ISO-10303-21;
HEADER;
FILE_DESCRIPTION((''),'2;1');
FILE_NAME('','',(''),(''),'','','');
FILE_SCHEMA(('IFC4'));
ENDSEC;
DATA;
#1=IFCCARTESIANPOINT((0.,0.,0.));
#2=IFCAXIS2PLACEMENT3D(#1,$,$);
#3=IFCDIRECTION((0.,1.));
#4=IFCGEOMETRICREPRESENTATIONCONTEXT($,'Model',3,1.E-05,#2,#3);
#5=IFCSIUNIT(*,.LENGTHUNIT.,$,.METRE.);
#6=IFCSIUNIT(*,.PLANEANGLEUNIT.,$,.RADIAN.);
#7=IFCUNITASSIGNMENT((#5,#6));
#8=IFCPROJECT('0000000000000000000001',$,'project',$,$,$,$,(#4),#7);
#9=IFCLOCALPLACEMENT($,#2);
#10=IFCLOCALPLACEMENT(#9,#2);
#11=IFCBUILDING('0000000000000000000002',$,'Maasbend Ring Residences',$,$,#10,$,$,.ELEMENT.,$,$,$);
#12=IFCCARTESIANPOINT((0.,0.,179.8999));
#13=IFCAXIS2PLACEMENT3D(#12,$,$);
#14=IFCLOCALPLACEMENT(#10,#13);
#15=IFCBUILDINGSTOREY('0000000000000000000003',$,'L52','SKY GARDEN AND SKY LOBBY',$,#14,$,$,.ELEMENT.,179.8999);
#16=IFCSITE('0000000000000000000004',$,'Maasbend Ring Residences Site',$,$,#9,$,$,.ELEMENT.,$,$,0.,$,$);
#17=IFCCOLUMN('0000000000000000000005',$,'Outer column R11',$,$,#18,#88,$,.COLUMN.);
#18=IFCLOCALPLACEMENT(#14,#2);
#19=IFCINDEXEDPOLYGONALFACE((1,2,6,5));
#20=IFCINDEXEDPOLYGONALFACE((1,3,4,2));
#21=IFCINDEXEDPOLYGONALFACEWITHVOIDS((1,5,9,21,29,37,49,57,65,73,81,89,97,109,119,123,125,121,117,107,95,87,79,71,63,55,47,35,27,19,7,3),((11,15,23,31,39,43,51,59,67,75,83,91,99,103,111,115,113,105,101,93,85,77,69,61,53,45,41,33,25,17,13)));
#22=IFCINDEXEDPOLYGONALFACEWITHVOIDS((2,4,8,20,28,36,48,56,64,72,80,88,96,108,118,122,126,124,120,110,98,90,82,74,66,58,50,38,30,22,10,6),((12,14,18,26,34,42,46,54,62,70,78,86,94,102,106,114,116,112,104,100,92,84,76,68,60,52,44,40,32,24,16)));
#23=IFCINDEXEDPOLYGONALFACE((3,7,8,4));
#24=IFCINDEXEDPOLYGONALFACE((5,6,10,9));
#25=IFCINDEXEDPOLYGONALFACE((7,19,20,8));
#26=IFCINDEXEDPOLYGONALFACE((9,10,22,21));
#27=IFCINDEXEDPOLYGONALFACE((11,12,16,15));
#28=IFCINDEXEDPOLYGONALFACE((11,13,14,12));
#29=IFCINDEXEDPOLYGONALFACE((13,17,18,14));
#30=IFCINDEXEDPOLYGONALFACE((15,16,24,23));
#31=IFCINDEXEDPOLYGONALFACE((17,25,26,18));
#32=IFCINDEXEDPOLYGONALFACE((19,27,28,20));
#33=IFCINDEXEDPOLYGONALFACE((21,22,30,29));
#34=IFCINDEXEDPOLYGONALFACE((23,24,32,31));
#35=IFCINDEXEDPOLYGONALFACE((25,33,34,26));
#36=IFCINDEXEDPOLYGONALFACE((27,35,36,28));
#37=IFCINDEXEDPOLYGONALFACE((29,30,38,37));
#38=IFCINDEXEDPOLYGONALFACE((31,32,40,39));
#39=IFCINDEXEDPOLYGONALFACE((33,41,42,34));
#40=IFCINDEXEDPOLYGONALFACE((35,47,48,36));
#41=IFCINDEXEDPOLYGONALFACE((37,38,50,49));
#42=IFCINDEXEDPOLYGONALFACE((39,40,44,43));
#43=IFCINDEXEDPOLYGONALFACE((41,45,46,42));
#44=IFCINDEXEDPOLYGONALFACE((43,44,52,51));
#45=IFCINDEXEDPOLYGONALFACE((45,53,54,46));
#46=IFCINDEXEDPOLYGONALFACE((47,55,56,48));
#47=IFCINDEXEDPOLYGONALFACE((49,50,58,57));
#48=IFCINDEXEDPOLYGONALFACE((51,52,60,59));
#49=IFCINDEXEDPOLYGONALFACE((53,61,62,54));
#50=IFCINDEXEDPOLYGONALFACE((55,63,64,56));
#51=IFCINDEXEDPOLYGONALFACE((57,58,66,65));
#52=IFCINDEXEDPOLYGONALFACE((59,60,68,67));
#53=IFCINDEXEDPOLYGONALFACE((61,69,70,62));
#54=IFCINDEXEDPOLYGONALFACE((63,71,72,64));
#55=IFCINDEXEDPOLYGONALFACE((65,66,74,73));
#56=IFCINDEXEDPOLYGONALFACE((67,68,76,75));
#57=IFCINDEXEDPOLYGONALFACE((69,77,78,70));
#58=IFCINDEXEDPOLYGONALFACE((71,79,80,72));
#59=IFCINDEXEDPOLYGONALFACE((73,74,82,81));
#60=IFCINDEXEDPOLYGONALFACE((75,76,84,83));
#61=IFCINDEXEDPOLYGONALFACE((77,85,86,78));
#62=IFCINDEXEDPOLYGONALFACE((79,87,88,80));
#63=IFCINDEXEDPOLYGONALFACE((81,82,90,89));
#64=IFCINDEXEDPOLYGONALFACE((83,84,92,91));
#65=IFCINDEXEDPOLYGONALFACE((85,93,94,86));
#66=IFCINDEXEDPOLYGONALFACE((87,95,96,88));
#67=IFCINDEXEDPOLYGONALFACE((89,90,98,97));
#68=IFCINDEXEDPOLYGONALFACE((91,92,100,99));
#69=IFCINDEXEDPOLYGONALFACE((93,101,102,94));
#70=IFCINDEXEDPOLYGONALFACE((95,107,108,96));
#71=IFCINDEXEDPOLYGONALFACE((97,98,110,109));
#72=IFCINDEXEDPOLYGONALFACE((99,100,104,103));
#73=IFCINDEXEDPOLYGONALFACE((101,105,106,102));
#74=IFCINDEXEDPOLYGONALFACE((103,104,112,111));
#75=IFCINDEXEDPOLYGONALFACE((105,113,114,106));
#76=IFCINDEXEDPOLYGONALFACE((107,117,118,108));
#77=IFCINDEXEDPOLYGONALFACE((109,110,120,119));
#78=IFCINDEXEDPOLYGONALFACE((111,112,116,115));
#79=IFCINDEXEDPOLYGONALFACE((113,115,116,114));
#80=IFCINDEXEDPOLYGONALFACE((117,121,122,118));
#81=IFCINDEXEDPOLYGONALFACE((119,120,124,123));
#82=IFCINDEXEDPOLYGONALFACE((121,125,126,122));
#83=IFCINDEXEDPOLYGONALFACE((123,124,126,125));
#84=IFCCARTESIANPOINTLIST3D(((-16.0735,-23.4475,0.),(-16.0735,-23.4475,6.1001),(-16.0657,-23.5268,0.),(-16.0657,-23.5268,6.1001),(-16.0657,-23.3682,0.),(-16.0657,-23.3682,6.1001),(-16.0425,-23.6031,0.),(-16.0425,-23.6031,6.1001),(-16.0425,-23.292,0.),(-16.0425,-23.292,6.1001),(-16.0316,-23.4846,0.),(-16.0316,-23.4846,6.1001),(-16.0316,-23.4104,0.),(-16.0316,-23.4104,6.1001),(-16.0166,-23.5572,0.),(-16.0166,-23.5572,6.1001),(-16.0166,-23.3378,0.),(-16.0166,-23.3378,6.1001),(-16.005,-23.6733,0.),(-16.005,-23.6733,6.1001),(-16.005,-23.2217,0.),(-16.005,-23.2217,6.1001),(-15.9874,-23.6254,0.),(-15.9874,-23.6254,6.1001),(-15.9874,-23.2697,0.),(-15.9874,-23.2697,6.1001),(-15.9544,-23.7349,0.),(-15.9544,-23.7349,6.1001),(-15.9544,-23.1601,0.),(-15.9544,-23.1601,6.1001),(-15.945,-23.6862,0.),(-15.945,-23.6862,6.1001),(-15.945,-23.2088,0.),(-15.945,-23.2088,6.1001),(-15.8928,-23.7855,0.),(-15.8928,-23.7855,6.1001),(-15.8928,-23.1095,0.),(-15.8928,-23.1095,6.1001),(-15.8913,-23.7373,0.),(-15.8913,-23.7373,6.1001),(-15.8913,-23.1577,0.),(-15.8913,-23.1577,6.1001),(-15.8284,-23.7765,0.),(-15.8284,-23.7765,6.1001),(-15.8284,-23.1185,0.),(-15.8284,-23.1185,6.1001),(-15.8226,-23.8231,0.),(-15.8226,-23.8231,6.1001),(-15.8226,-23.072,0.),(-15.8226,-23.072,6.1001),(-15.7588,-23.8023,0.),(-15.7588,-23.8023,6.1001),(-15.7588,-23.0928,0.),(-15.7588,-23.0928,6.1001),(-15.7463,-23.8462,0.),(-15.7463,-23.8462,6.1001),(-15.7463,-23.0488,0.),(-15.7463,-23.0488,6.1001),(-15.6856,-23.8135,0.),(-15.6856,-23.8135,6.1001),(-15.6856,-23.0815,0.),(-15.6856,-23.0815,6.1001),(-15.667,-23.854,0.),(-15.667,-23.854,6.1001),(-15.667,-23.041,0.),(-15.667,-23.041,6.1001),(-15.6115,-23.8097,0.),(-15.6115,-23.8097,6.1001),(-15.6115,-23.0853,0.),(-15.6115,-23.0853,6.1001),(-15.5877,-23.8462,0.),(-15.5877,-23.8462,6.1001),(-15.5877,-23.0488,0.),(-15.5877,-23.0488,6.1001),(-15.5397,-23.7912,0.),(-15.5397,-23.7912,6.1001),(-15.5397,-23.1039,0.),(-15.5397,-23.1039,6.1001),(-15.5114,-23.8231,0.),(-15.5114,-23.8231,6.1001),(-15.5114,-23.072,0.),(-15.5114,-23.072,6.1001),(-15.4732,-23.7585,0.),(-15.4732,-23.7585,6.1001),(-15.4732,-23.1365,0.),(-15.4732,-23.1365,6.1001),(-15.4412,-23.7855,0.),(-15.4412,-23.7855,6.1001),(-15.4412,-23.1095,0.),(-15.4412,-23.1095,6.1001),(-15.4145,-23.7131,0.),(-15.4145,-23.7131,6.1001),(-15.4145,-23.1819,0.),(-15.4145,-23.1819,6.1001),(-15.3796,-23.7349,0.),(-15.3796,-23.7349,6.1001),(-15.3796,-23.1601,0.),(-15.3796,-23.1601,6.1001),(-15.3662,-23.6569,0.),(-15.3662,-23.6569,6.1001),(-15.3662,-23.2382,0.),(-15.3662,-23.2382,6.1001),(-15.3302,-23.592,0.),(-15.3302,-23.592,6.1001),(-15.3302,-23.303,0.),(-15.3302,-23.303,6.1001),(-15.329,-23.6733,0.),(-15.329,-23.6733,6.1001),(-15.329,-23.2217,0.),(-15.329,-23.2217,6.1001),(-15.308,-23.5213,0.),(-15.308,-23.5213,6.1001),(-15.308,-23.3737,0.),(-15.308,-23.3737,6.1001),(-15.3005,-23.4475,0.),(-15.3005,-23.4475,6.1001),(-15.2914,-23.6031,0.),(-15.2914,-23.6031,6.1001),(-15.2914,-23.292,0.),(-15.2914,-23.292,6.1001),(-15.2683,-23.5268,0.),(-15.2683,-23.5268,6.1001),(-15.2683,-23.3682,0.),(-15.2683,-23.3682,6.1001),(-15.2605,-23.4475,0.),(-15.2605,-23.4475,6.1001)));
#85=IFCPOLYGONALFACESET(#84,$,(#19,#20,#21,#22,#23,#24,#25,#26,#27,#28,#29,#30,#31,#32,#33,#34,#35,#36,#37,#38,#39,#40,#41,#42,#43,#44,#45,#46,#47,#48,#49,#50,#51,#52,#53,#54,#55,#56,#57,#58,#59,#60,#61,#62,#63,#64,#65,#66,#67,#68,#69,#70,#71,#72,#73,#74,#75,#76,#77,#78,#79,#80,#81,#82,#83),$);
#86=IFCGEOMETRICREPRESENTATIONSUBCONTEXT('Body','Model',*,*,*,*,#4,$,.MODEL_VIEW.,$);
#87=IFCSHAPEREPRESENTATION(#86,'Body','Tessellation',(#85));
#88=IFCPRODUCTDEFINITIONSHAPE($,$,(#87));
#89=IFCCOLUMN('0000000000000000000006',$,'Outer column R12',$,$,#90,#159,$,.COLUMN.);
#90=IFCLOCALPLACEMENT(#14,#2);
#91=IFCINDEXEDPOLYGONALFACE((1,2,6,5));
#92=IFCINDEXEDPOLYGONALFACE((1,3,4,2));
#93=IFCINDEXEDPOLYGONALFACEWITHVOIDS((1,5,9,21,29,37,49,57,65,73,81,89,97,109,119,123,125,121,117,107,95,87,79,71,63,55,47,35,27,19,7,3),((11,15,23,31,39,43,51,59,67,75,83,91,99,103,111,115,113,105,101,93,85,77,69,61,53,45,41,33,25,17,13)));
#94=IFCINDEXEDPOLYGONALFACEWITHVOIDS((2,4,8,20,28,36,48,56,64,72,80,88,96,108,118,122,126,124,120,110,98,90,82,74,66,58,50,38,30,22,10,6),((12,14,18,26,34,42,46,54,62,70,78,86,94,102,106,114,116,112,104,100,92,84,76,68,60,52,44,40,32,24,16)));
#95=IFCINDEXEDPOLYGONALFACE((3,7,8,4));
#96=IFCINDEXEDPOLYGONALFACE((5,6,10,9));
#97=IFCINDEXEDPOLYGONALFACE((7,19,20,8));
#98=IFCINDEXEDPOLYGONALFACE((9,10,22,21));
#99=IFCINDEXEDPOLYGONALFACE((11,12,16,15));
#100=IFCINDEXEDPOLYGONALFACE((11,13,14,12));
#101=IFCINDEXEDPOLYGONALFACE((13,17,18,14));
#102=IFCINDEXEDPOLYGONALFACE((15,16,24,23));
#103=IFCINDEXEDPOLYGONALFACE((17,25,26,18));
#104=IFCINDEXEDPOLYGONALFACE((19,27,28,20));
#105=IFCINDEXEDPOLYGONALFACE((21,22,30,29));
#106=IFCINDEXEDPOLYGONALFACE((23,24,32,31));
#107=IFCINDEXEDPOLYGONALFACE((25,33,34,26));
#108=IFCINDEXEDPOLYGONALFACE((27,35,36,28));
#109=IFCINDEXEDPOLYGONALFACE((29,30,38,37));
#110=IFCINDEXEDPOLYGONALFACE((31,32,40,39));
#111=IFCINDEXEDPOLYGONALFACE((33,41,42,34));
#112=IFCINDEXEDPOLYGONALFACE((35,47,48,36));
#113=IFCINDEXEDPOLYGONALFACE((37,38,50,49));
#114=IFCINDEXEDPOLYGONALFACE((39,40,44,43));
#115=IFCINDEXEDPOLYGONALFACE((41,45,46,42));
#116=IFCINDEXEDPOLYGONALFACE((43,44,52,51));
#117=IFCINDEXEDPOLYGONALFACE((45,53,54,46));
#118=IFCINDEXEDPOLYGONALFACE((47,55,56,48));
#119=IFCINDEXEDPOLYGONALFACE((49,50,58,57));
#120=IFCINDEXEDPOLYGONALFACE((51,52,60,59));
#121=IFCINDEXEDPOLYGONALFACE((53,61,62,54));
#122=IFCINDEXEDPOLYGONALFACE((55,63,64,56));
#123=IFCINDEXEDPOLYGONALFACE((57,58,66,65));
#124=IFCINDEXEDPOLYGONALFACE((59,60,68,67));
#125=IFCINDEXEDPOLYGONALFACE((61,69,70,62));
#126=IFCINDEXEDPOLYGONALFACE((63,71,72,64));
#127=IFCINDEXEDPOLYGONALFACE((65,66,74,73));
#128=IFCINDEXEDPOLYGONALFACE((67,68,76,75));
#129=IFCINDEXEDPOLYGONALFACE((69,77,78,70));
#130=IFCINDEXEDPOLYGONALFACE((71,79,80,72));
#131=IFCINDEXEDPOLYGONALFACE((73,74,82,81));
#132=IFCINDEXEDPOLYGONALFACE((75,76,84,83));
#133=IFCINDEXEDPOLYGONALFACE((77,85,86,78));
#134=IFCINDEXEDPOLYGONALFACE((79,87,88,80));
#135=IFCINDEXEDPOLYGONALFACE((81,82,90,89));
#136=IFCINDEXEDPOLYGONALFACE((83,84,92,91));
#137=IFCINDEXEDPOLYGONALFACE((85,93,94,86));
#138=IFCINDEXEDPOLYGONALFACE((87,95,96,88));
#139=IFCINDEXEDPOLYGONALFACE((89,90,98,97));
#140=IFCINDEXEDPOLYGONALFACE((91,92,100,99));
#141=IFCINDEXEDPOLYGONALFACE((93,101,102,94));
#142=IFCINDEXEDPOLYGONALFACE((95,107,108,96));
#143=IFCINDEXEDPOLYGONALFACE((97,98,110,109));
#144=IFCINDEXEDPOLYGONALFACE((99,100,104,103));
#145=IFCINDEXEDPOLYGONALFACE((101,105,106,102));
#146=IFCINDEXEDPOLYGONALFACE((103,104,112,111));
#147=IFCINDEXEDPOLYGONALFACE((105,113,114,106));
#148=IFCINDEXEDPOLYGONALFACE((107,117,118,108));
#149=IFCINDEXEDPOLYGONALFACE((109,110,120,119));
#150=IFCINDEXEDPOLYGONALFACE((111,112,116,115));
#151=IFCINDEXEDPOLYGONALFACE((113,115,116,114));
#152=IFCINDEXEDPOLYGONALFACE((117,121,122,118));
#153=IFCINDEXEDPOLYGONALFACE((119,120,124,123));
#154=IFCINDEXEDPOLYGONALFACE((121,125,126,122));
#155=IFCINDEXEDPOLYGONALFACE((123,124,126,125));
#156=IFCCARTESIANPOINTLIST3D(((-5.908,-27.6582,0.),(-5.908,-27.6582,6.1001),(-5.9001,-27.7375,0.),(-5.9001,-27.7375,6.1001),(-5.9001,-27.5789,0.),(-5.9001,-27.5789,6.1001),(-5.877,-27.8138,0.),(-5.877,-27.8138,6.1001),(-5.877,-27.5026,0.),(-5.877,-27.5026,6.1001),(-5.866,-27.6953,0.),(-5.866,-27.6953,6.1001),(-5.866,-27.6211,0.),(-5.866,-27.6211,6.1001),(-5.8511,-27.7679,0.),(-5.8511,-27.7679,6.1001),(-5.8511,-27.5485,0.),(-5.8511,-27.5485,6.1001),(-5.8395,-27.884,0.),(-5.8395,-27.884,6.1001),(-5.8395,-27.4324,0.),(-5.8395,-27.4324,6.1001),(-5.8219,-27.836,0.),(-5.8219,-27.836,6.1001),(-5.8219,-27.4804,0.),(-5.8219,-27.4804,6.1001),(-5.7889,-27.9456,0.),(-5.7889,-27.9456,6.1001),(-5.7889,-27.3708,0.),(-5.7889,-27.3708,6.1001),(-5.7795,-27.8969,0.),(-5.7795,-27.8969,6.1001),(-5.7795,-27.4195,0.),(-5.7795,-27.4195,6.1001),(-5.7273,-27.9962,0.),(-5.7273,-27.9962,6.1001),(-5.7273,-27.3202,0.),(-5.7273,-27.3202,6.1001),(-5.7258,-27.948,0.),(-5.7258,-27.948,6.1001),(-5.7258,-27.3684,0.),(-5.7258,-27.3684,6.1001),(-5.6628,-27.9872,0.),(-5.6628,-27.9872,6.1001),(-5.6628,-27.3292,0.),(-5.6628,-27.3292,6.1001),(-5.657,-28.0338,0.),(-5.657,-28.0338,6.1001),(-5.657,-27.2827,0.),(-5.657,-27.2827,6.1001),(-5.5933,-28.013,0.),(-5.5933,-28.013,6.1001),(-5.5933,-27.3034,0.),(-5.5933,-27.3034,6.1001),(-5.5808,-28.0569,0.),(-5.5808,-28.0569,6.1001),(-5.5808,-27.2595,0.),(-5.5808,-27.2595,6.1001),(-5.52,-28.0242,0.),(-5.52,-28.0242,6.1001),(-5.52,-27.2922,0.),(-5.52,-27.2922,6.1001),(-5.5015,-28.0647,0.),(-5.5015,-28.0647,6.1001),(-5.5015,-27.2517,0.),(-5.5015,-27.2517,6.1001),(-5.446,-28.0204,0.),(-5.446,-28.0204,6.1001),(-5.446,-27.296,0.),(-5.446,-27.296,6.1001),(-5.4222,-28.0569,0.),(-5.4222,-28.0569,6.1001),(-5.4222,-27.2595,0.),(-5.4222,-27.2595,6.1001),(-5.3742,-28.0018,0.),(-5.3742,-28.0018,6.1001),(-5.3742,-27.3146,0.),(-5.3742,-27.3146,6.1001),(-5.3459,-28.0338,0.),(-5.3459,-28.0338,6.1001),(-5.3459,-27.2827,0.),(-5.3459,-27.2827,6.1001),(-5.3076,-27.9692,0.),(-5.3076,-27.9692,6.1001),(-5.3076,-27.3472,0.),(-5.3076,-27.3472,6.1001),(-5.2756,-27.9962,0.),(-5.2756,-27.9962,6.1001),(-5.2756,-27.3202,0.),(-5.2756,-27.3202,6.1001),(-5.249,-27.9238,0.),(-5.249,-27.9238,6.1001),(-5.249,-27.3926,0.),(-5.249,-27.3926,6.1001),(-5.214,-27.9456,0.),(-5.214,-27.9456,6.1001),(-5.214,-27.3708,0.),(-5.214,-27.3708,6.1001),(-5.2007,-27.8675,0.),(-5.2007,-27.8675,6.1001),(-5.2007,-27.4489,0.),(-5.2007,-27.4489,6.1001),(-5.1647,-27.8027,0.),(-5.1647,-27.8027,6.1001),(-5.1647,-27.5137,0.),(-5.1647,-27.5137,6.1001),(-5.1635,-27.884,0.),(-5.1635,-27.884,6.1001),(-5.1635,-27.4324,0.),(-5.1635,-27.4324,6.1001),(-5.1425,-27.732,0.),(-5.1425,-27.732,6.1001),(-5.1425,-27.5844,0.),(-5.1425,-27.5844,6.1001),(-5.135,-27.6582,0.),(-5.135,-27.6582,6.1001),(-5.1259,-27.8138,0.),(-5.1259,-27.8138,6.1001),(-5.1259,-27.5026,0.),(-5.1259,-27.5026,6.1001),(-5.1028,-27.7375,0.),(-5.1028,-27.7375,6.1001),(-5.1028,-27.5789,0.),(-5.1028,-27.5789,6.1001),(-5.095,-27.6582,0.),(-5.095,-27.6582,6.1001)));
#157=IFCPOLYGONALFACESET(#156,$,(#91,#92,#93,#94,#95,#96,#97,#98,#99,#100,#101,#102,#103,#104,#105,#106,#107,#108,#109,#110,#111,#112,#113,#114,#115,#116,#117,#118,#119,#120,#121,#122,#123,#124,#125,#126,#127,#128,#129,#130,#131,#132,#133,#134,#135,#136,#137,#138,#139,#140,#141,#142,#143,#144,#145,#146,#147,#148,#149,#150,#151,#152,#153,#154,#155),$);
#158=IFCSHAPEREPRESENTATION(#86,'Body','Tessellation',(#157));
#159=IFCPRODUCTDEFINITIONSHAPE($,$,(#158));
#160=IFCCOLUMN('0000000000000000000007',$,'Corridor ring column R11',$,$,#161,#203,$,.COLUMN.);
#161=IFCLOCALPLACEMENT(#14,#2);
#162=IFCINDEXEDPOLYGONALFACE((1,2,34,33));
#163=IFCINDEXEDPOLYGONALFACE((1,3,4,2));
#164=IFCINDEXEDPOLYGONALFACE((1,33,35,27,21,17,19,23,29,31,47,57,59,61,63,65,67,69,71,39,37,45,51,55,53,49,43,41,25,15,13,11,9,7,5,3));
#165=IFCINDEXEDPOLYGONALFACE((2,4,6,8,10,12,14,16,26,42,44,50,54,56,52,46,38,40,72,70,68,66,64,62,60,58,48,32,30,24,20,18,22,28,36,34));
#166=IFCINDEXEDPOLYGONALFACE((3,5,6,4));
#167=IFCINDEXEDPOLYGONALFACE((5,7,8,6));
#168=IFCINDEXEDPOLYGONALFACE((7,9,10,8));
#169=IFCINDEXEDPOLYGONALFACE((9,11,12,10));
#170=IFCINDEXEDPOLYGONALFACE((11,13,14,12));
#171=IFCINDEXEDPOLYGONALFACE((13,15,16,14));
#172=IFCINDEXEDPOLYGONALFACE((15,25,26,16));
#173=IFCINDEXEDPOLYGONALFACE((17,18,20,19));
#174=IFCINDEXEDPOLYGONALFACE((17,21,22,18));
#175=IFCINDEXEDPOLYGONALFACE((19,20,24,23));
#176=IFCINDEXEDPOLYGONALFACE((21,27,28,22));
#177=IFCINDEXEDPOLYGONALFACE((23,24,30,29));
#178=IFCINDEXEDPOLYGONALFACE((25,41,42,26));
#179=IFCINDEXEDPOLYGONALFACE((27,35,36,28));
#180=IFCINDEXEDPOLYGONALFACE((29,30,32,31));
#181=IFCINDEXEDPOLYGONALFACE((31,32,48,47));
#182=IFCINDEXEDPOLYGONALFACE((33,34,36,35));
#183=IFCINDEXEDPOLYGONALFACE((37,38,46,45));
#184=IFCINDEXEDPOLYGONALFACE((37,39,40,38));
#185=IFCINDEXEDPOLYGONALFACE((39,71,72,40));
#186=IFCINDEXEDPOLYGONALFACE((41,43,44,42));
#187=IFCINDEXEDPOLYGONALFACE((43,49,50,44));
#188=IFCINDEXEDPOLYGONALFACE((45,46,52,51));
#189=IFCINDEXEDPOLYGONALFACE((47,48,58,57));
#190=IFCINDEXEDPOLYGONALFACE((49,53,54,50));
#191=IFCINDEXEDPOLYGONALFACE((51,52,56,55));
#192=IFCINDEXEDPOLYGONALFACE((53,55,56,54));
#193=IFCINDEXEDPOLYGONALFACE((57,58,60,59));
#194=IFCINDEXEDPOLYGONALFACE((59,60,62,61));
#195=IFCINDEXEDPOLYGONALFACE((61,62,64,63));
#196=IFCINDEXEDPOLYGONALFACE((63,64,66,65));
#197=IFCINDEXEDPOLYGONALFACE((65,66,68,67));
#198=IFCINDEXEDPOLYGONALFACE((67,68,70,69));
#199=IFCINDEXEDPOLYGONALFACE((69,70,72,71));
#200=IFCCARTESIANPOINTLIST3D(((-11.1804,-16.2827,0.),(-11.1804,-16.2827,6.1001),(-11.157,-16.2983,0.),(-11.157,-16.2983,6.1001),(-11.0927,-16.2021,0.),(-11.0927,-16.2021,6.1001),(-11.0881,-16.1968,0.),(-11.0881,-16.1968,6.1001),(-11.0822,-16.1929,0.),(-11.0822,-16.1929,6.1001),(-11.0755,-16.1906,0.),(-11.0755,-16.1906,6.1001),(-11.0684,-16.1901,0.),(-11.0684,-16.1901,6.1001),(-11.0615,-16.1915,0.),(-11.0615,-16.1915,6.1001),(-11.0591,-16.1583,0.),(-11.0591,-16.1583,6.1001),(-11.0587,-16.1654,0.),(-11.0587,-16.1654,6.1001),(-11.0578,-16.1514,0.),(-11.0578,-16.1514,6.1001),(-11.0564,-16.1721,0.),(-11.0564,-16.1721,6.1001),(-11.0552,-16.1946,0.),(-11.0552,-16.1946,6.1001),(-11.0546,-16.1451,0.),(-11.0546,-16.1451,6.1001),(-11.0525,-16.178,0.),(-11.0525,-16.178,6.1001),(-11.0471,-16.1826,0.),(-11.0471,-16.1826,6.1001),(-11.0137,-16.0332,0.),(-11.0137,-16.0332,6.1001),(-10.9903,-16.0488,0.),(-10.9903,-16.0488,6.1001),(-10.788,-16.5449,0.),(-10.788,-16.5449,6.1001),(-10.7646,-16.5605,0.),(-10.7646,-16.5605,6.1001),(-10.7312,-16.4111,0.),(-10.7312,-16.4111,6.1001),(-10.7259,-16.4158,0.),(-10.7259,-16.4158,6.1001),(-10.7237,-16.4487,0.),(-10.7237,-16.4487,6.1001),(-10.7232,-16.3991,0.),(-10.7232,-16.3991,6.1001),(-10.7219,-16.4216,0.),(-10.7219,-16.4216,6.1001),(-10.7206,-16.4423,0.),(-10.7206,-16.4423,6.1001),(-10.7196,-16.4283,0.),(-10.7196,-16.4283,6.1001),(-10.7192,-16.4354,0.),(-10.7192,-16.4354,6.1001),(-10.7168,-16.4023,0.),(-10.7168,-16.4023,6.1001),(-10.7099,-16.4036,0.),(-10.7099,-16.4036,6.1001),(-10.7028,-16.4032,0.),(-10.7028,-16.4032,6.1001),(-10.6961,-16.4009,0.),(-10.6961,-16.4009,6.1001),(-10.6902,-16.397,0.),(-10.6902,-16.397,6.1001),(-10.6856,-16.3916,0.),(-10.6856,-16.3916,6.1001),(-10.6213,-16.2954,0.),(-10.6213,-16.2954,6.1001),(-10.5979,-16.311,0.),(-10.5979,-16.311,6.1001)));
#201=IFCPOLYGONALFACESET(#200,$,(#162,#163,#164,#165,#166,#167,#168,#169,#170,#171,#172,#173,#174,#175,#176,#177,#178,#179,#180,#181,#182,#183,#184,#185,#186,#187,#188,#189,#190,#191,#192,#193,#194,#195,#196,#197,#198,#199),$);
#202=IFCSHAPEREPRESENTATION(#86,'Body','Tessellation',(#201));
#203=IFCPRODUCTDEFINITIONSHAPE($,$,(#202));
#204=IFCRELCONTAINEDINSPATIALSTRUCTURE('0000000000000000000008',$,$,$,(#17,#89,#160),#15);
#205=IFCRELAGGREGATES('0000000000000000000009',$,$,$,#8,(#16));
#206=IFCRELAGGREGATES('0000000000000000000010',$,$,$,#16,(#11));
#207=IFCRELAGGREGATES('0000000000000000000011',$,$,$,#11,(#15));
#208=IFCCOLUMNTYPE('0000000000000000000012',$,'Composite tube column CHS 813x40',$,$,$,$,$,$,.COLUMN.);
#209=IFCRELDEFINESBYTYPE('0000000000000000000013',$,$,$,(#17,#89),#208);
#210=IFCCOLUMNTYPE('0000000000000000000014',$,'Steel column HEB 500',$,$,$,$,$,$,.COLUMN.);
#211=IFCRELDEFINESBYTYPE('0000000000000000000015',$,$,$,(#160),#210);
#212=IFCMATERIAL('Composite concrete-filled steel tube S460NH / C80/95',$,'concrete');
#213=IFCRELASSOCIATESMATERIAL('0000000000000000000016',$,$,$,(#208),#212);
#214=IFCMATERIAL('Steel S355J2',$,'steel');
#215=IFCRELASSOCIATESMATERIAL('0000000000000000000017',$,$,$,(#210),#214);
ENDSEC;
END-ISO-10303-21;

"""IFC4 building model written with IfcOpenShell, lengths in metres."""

from ifc_helpers import new_model, si_unit, direction, frame, origin, origin_2d, place, context, subcontext, project, spatial, hollow_circle, i_section, extrude, material, material_profile, profile_set, type_object, element, save


model = new_model("IFC4")

# Units and contexts
model_context = context("Model", 3, precision=1e-05, world=origin(), true_north=direction((0.0, 1.0)))
body_context = subcontext(model_context, "Body", "Model", "MODEL_VIEW")
ifc_project = project(units=[si_unit("LENGTHUNIT", "METRE"), si_unit("PLANEANGLEUNIT", "RADIAN")], contexts=[model_context])

# Site, building, storey
site_placement = place(None, origin())
site = spatial("IfcSite", under=ifc_project, at=site_placement, Name="Maasbend Ring Residences Site", CompositionType="ELEMENT", RefElevation=0.0)
building_placement = place(site_placement, origin())
building = spatial("IfcBuilding", under=site, at=building_placement, Name="Maasbend Ring Residences", CompositionType="ELEMENT")
storey_placement = place(building_placement, frame((0.0, 0.0, 179.8999)))
storey = spatial("IfcBuildingStorey", under=building, at=storey_placement, Name="L52", Description="SKY GARDEN AND SKY LOBBY", CompositionType="ELEMENT", Elevation=179.8999)

# Columns
ifc_material_1 = material(Name="Composite concrete-filled steel tube S460NH / C80/95", Category="concrete")
ifc_material_profile_1 = material_profile(ifc_material_1, hollow_circle(Radius=0.4065, WallThickness=0.04, at=origin_2d()), Name="Composite tube column CHS 813x40")
ifc_profile_set_1 = profile_set([ifc_material_profile_1], Name="Composite concrete-filled steel tube S460NH / C80/95")
column_type_1 = type_object("IfcColumnType", Name="Composite tube column CHS 813x40", PredefinedType="COLUMN", material=ifc_profile_set_1)
for number, where, z_axis, x_axis, name in (
    (1, (-15.667, -23.4475, 0.0), (0.0, 0.0, 1.0), (1.0, 0.0, 0.0), "Outer column R11"),
    (2, (-5.5015, -27.6582, 0.0), (0.0, 0.0, 1.0), (1.0, 0.0, 0.0), "Outer column R12"),
):
    element("IfcColumn", number, at=place(storey_placement, frame(where, z_axis=z_axis, x_axis=x_axis)), inside=storey, type_object=column_type_1, Name=name, PredefinedType="COLUMN", context=body_context, shape_type="SweptSolid", body=[
        extrude(hollow_circle(Radius=0.4065, WallThickness=0.04, at=origin_2d()), origin(), (0.0, 0.0, 1.0), 6.1001),
    ])
ifc_material_2 = material(Name="Steel S355J2", Category="steel")
ifc_material_profile_2 = material_profile(ifc_material_2, i_section(OverallWidth=0.3, OverallDepth=0.5, WebThickness=0.0144, FlangeThickness=0.0281, FilletRadius=0.0271, at=origin_2d()), Name="HEB 500")
ifc_profile_set_2 = profile_set([ifc_material_profile_2], Name="Steel S355J2")
column_type_2 = type_object("IfcColumnType", Name="Steel column HEB 500", PredefinedType="COLUMN", material=ifc_profile_set_2)
for number, where, z_axis, x_axis, name in (
    (3, (-10.8892, -16.2969, 0.0), (0.0, 0.0, 1.0), (-0.55557, -0.83147, 0.0), "Corridor ring column R11"),
):
    element("IfcColumn", number, at=place(storey_placement, frame(where, z_axis=z_axis, x_axis=x_axis)), inside=storey, type_object=column_type_2, Name=name, PredefinedType="COLUMN", context=body_context, shape_type="SweptSolid", body=[
        extrude(i_section(OverallWidth=0.3, OverallDepth=0.5, WebThickness=0.0144, FlangeThickness=0.0281, FilletRadius=0.0271, at=origin_2d()), origin(), (0.0, 0.0, 1.0), 6.1001),
    ])

save(model, "model.ifc")
